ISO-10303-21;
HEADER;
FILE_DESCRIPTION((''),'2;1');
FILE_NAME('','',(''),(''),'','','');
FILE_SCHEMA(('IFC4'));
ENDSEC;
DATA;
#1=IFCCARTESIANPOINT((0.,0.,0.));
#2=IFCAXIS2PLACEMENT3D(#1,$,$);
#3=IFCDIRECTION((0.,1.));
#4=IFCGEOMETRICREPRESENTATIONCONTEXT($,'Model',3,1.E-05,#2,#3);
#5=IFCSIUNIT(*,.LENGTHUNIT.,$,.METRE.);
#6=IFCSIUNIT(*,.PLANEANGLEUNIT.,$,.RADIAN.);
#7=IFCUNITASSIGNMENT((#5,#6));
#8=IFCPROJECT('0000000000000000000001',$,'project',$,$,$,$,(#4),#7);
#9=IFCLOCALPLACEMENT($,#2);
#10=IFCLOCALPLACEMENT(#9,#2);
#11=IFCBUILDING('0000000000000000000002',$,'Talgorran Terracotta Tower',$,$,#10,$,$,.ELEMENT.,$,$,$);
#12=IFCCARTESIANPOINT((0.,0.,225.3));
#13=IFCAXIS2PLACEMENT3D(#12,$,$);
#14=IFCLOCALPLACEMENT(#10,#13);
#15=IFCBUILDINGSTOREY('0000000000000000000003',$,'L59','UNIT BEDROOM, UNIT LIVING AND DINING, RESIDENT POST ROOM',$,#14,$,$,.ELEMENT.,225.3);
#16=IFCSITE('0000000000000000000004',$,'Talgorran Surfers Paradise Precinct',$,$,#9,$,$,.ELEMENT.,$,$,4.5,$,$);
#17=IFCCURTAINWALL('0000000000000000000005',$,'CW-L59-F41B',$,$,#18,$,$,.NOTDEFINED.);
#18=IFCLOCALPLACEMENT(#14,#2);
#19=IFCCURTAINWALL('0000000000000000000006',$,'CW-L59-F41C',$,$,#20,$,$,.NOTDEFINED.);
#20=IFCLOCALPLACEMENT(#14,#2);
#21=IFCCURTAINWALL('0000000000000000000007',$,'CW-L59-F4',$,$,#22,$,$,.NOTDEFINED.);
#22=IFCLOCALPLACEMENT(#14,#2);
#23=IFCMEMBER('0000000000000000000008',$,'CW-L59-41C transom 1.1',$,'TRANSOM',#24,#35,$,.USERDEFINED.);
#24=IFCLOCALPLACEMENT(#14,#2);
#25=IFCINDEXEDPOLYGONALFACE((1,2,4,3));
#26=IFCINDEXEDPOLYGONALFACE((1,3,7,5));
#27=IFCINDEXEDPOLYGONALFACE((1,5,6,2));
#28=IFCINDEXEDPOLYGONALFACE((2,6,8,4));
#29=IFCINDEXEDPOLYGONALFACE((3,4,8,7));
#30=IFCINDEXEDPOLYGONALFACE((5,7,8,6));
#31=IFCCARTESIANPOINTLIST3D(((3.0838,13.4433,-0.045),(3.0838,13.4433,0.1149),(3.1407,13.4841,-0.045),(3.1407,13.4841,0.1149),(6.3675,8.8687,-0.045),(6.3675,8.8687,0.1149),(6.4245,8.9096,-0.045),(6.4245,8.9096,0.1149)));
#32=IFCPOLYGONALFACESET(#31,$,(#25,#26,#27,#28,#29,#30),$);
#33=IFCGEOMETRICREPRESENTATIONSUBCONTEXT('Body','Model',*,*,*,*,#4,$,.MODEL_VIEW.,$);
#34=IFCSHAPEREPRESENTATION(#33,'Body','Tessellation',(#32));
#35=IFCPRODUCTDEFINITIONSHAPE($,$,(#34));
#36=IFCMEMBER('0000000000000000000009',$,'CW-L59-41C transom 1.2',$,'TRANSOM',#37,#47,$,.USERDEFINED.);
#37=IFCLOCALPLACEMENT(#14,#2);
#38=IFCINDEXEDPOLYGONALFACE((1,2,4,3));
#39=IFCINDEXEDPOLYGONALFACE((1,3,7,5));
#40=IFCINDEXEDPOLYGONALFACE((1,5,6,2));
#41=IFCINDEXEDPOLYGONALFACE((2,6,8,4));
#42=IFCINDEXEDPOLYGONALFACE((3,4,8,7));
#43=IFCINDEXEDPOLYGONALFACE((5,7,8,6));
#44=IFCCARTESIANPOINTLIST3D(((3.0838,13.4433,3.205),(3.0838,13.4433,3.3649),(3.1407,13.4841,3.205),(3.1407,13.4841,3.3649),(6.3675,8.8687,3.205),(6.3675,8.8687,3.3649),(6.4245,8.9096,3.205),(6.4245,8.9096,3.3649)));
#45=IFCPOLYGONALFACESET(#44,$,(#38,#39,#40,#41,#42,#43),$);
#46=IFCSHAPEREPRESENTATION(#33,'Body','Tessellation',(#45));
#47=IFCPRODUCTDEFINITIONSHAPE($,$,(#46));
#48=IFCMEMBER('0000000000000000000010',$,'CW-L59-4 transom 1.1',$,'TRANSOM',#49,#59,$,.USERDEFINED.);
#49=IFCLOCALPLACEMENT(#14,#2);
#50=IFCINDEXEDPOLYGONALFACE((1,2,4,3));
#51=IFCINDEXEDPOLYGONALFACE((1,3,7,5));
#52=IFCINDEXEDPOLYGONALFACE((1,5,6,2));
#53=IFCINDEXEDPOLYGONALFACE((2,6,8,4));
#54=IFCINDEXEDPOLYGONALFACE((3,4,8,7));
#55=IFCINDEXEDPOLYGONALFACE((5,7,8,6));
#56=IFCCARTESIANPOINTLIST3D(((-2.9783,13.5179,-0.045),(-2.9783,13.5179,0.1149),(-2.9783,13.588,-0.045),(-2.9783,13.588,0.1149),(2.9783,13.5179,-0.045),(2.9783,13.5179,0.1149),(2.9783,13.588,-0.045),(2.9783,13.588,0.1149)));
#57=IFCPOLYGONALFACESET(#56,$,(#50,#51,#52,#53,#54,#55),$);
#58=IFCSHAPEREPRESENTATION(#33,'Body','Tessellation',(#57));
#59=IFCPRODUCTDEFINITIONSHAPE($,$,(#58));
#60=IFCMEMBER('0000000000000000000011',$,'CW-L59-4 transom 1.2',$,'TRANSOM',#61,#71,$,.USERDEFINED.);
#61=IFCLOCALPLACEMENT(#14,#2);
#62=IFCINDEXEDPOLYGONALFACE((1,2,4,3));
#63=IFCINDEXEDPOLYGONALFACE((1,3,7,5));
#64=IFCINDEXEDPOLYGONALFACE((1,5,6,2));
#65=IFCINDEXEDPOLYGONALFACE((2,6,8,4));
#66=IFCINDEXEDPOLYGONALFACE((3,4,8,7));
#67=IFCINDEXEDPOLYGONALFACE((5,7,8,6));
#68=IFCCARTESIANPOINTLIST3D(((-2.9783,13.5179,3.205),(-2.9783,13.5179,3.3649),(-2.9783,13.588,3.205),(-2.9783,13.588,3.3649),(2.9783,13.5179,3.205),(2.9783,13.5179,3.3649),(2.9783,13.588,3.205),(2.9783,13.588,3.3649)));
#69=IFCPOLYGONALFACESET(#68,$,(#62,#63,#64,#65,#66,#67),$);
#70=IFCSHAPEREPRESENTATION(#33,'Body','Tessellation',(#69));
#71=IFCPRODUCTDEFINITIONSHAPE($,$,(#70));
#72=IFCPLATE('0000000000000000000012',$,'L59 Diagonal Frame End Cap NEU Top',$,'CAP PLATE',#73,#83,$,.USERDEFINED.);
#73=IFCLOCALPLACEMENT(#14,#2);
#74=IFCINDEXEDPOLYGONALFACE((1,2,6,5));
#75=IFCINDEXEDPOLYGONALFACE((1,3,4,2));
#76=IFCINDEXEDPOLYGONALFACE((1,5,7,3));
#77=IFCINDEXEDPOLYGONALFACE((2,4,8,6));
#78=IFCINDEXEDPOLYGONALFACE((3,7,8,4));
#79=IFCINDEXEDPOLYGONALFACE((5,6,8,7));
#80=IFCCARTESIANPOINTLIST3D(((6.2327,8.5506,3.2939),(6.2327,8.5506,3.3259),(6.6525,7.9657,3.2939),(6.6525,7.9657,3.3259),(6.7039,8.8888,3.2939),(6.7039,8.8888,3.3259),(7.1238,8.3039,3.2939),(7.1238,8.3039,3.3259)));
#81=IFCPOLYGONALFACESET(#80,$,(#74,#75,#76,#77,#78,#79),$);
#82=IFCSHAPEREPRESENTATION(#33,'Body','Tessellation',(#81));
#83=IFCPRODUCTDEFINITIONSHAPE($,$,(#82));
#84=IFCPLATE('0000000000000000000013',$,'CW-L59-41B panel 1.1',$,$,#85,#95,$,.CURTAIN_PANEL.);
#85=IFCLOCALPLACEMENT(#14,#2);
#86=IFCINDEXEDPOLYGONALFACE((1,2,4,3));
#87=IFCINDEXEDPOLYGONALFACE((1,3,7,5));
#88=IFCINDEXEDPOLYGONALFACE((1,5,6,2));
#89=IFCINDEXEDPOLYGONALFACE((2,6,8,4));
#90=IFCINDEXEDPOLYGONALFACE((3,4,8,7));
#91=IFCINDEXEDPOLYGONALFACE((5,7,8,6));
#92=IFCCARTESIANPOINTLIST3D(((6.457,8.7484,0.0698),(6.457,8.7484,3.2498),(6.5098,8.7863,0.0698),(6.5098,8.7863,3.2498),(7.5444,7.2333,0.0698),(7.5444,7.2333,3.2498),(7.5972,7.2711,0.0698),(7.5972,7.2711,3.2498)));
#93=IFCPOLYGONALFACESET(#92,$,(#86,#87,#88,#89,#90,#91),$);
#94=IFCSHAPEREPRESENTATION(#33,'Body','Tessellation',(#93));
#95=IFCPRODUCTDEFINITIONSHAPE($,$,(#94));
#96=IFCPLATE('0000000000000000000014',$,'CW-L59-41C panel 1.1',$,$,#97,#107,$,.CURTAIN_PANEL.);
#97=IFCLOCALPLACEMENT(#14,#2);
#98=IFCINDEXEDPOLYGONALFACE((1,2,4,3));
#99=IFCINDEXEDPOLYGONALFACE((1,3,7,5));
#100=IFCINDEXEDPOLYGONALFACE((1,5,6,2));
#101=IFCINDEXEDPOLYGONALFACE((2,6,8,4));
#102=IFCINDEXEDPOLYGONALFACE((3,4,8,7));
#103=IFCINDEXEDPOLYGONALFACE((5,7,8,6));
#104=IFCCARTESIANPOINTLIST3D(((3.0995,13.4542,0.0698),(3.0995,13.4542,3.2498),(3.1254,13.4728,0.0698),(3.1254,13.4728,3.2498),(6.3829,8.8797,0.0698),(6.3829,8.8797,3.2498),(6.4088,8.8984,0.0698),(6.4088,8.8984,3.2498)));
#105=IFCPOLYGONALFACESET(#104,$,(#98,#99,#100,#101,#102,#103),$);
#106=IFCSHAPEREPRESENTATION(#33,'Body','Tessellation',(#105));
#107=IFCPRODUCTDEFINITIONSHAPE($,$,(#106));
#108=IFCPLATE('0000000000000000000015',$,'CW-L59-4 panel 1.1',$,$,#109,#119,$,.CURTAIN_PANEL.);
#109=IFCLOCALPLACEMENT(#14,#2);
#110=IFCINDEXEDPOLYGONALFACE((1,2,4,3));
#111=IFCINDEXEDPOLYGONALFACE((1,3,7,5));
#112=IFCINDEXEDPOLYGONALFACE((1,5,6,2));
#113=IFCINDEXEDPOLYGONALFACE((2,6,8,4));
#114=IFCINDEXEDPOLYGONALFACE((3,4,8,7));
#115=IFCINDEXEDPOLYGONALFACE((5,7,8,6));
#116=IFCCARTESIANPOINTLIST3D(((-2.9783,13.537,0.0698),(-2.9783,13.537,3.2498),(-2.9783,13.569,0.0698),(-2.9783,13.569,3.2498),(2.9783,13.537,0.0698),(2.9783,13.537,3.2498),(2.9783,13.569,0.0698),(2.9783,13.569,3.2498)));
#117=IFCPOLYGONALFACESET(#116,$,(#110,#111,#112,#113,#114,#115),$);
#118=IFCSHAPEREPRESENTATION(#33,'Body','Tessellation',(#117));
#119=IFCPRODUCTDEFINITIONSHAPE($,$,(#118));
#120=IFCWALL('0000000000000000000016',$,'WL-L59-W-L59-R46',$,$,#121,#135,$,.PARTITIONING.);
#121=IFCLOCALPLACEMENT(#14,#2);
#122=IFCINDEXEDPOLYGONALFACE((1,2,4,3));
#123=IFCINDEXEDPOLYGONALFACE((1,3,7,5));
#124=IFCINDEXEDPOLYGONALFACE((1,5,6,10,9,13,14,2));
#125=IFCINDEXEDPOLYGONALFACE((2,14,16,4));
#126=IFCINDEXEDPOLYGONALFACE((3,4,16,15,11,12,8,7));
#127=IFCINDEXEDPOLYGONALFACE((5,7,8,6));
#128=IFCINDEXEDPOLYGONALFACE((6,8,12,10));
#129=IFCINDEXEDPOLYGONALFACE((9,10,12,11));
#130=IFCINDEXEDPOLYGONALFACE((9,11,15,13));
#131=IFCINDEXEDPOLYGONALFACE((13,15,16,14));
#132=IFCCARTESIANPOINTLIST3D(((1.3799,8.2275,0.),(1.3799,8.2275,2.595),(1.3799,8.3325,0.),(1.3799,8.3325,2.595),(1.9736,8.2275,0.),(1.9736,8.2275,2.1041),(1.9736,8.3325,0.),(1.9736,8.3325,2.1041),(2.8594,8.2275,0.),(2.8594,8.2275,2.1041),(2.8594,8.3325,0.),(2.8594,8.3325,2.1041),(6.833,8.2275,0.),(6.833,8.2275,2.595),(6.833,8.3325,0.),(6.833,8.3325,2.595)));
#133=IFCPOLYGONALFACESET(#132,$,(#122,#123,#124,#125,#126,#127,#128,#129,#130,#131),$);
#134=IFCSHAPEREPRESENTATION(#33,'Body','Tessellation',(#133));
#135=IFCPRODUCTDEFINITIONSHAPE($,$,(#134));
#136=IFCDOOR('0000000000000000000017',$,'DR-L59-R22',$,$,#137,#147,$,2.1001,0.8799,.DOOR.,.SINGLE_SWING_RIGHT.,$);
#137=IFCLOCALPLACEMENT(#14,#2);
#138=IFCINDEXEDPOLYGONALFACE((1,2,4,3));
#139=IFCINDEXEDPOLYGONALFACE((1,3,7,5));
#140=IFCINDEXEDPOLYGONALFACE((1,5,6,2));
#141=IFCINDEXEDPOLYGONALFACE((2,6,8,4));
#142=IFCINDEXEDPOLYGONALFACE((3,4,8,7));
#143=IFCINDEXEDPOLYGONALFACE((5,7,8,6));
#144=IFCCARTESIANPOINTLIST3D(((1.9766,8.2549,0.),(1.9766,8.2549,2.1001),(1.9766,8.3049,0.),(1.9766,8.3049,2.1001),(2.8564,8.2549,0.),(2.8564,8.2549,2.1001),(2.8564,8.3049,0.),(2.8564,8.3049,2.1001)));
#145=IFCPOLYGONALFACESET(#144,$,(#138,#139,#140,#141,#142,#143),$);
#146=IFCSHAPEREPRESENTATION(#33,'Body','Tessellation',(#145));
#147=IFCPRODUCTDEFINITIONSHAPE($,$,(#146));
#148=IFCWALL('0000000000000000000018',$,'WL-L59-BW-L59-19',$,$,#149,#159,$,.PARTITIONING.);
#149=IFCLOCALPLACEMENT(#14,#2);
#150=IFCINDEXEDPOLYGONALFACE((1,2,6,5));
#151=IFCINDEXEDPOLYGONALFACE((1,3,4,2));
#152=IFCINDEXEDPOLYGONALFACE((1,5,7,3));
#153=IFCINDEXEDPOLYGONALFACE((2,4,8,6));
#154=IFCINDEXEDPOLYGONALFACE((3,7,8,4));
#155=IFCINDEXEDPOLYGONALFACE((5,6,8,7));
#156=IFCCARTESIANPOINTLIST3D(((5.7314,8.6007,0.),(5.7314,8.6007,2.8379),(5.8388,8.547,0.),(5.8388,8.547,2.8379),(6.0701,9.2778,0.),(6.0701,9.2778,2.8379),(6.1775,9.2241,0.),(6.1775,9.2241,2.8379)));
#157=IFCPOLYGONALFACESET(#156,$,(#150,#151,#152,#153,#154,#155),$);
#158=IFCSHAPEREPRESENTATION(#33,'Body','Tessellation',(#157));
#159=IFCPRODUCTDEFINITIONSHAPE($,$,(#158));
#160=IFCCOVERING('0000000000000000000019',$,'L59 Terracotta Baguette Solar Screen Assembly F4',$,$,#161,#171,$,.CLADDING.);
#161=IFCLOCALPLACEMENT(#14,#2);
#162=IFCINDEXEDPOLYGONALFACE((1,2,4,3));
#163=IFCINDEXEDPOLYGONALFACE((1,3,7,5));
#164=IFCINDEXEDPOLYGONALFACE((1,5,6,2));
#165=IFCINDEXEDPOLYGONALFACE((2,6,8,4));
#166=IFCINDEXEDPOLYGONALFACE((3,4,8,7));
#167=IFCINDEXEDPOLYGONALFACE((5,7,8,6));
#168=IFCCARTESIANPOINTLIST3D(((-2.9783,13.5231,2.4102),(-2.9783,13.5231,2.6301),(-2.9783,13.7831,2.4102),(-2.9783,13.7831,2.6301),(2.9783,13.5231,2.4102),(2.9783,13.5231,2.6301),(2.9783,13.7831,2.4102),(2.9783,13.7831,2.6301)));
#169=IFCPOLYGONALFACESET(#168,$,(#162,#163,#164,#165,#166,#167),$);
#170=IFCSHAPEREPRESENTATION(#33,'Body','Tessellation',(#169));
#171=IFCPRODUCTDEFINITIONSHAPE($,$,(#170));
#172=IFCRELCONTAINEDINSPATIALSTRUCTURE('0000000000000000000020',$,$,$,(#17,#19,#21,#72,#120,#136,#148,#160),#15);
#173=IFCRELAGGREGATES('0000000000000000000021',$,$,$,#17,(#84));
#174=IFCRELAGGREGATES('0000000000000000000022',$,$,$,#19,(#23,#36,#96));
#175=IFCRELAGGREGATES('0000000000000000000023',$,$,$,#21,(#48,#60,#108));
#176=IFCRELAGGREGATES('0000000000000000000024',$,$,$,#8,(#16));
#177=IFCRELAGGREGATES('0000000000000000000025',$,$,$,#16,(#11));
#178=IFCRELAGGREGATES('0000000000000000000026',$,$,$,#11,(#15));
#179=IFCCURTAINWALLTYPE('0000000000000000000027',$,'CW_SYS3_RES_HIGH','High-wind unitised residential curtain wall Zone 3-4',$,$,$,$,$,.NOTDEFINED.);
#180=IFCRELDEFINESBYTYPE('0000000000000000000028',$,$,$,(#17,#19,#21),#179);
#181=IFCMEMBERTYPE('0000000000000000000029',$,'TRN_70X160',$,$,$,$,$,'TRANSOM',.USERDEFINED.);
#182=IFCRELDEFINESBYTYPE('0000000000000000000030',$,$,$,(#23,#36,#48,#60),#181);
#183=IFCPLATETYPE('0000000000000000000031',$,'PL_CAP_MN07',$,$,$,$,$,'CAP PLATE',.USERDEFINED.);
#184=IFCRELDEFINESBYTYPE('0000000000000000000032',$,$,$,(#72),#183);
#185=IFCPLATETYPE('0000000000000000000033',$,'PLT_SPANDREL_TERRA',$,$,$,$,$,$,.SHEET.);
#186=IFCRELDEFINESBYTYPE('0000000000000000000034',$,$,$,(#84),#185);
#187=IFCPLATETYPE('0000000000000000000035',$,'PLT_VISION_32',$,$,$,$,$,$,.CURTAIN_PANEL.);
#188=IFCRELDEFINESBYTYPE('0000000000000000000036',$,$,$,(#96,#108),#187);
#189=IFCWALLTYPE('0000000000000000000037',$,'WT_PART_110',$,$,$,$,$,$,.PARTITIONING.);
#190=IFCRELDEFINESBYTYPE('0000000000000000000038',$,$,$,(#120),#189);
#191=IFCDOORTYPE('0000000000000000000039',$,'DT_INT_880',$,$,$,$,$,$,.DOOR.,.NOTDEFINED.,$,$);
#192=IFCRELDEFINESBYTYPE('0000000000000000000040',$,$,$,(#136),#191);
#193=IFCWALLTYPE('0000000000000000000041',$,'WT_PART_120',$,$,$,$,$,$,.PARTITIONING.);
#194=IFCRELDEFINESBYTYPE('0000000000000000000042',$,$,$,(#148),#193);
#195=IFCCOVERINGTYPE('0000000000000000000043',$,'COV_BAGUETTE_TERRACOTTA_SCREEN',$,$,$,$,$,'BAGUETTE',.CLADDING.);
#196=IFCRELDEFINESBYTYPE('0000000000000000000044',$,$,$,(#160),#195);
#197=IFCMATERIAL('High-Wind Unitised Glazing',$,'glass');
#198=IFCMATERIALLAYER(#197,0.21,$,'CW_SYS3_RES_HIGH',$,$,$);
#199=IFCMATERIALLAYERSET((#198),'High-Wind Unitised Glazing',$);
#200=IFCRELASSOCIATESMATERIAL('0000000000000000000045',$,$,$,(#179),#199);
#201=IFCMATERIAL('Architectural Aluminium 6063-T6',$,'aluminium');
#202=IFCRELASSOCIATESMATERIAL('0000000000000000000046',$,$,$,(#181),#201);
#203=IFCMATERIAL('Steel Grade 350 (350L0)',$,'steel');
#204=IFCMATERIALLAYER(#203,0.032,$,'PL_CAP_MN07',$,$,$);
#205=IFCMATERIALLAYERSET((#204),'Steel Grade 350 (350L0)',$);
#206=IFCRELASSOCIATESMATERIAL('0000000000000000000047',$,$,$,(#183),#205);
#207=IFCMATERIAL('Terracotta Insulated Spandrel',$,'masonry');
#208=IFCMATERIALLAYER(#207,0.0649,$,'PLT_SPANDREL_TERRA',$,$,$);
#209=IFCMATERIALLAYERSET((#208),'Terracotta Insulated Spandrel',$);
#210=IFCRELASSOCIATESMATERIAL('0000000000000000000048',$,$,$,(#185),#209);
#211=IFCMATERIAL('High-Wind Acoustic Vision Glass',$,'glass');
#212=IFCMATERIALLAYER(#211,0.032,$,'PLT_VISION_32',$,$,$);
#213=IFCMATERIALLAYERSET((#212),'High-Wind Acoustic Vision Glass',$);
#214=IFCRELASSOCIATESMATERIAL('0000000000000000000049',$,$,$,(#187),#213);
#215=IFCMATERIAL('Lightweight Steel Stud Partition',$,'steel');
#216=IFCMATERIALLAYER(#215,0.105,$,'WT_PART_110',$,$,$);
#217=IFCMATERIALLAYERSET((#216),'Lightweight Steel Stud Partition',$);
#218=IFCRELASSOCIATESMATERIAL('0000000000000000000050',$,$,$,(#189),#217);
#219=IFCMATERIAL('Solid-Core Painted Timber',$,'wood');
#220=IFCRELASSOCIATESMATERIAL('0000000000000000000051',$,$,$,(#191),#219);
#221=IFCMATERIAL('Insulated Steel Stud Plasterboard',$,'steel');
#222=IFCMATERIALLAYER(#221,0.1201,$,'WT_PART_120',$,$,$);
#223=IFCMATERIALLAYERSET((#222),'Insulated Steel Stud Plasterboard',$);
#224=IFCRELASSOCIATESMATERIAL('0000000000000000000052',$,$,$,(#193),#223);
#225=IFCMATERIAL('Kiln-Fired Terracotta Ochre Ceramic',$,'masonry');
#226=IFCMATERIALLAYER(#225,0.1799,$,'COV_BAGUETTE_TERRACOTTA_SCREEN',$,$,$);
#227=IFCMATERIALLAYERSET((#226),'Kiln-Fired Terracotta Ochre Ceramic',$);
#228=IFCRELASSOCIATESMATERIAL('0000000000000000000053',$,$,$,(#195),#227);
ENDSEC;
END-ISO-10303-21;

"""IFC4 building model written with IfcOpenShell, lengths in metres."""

from ifc_helpers import new_model, si_unit, direction, frame, frame_2d, origin, origin_2d, place, context, subcontext, project, spatial, rectangle, extrude, source, transform, mapped, material, layer, layer_set, material_profile, profile_set, type_object, type_shapes, element, fill, aggregate, save


model = new_model("IFC4")

# Units and contexts
model_context = context("Model", 3, precision=1e-05, world=origin(), true_north=direction((0.0, 1.0)))
body_context = subcontext(model_context, "Body", "Model", "MODEL_VIEW")
ifc_project = project(units=[si_unit("LENGTHUNIT", "METRE"), si_unit("PLANEANGLEUNIT", "RADIAN")], contexts=[model_context])

# Site, building, storey
site_placement = place(None, origin())
site = spatial("IfcSite", under=ifc_project, at=site_placement, Name="Talgorran Surfers Paradise Precinct", CompositionType="ELEMENT", RefElevation=4.5)
building_placement = place(site_placement, origin())
building = spatial("IfcBuilding", under=site, at=building_placement, Name="Talgorran Terracotta Tower", CompositionType="ELEMENT")
storey_placement = place(building_placement, frame((0.0, 0.0, 225.3)))
storey = spatial("IfcBuildingStorey", under=building, at=storey_placement, Name="L59", Description="UNIT BEDROOM, UNIT LIVING AND DINING, RESIDENT POST ROOM", CompositionType="ELEMENT", Elevation=225.3)

# Shared definitions
ifc_material_1 = material(Name="Steel Grade 350 (350L0)", Category="steel")

# Curtain wall
ifc_material_2 = material(Name="High-Wind Unitised Glazing", Category="glass")
ifc_layer_1 = layer(ifc_material_2, 0.21, Name="CW_SYS3_RES_HIGH")
ifc_layer_set_1 = layer_set([ifc_layer_1], Name="High-Wind Unitised Glazing")
curtain_wall_type = type_object("IfcCurtainWallType", Name="CW_SYS3_RES_HIGH", Description="High-wind unitised residential curtain wall Zone 3-4", PredefinedType="NOTDEFINED", material=ifc_layer_set_1)
curtain_wall_1_placement = place(storey_placement, origin())
curtain_wall_1 = element("IfcCurtainWall", 1, at=curtain_wall_1_placement, inside=storey, type_object=curtain_wall_type, Name="CW-L59-F41B", PredefinedType="NOTDEFINED")
ifc_material_3 = material(Name="Architectural Aluminium 6063-T6", Category="aluminium")

# Curtain wall
curtain_wall_2_placement = place(storey_placement, origin())
curtain_wall_2 = element("IfcCurtainWall", 2, at=curtain_wall_2_placement, inside=storey, type_object=curtain_wall_type, Name="CW-L59-F41C", PredefinedType="NOTDEFINED")

# Curtain wall
curtain_wall_3_placement = place(storey_placement, origin())
curtain_wall_3 = element("IfcCurtainWall", 3, at=curtain_wall_3_placement, inside=storey, type_object=curtain_wall_type, Name="CW-L59-F4", PredefinedType="NOTDEFINED")

# Members
ifc_material_profile_1 = material_profile(ifc_material_3, rectangle(XDim=0.0701, YDim=0.1599, at=origin_2d()), Name="CWT70X160")
ifc_profile_set_1 = profile_set([ifc_material_profile_1], Name="Architectural Aluminium 6063-T6")
member_type_1 = type_object("IfcMemberType", Name="TRN_70X160", ElementType="TRANSOM", PredefinedType="USERDEFINED", material=ifc_profile_set_1)
member_1_placement = place(storey_placement, frame((6.396, 8.8892, 0.0349), z_axis=(-0.583144, 0.812369, 0.0), x_axis=(-0.812369, -0.583144, 0.0)))
member_1 = element("IfcMember", 4, at=member_1_placement, type_object=member_type_1, Name="CW-L59-41C transom 1.1", ObjectType="TRANSOM", PredefinedType="USERDEFINED", context=body_context, shape_type="SweptSolid", body=[
    extrude(rectangle(XDim=0.0701, YDim=0.1599, at=origin_2d()), origin(), (0.0, 0.0, 1.0), 5.6311),
])
member_2_placement = place(storey_placement, frame((6.396, 8.8892, 3.2849), z_axis=(-0.583144, 0.812369, 0.0), x_axis=(-0.812369, -0.583144, 0.0)))
member_2 = element("IfcMember", 5, at=member_2_placement, type_object=member_type_1, Name="CW-L59-41C transom 1.2", ObjectType="TRANSOM", PredefinedType="USERDEFINED", context=body_context, shape_type="SweptSolid", body=[
    extrude(rectangle(XDim=0.0701, YDim=0.1599, at=origin_2d()), origin(), (0.0, 0.0, 1.0), 5.6311),
])
member_3_placement = place(storey_placement, frame((2.9783, 13.553, 0.0349), z_axis=(-1.0, 0.0, 0.0), x_axis=(0.0, -1.0, 0.0)))
member_3 = element("IfcMember", 6, at=member_3_placement, type_object=member_type_1, Name="CW-L59-4 transom 1.1", ObjectType="TRANSOM", PredefinedType="USERDEFINED", context=body_context, shape_type="SweptSolid", body=[
    extrude(rectangle(XDim=0.0701, YDim=0.1599, at=origin_2d()), origin(), (0.0, 0.0, 1.0), 5.9565),
])
member_4_placement = place(storey_placement, frame((2.9783, 13.553, 3.2849), z_axis=(-1.0, 0.0, 0.0), x_axis=(0.0, -1.0, 0.0)))
member_4 = element("IfcMember", 7, at=member_4_placement, type_object=member_type_1, Name="CW-L59-4 transom 1.2", ObjectType="TRANSOM", PredefinedType="USERDEFINED", context=body_context, shape_type="SweptSolid", body=[
    extrude(rectangle(XDim=0.0701, YDim=0.1599, at=origin_2d()), origin(), (0.0, 0.0, 1.0), 5.9565),
])

# Plates
ifc_layer_2 = layer(ifc_material_1, 0.032, Name="PL_CAP_MN07")
ifc_layer_set_2 = layer_set([ifc_layer_2], Name="Steel Grade 350 (350L0)")
plate_type_1 = type_object("IfcPlateType", Name="PL_CAP_MN07", ElementType="CAP PLATE", PredefinedType="USERDEFINED", material=ifc_layer_set_2)
plate_1_placement = place(storey_placement, frame((6.6782, 8.4272, 3.2939), z_axis=(0.0, 0.0, 1.0), x_axis=(-0.583116, 0.812389, 0.0)))
element("IfcPlate", 8, at=plate_1_placement, inside=storey, type_object=plate_type_1, Name="L59 Diagonal Frame End Cap NEU Top", ObjectType="CAP PLATE", PredefinedType="USERDEFINED", context=body_context, shape_type="SweptSolid", body=[
    extrude(rectangle(XDim=0.72, YDim=0.5801, at=origin_2d()), origin(), (0.0, 0.0, 1.0), 0.032),
])
ifc_material_4 = material(Name="Terracotta Insulated Spandrel", Category="masonry")
ifc_layer_3 = layer(ifc_material_4, 0.0649, Name="PLT_SPANDREL_TERRA")
ifc_layer_set_3 = layer_set([ifc_layer_3], Name="Terracotta Insulated Spandrel")
plate_type_2 = type_object("IfcPlateType", Name="PLT_SPANDREL_TERRA", PredefinedType="SHEET", material=ifc_layer_set_3)
shared_shape_1 = source(origin(), body_context, "Body", "SweptSolid", [
    extrude(rectangle(XDim=1.865, YDim=0.0649, at=origin_2d()), origin(), (0.0, 0.0, 1.0), 3.1799),
])
type_shapes(plate_type_2, [shared_shape_1])
plate_2_placement = place(storey_placement, frame((7.0271, 8.0098, 0.0698), z_axis=(0.0, 0.0, 1.0), x_axis=(-0.583086, 0.81241, 0.0)))
plate_2 = element("IfcPlate", 9, at=plate_2_placement, type_object=plate_type_2, Name="CW-L59-41B panel 1.1", PredefinedType="CURTAIN_PANEL", context=body_context, shape_type="MappedRepresentation", body=[
    mapped(shared_shape_1, transform((0.0, 0.0, 0.0), scale=1.0)),
])
aggregate(curtain_wall_1, [plate_2])
ifc_material_5 = material(Name="High-Wind Acoustic Vision Glass", Category="glass")
ifc_layer_4 = layer(ifc_material_5, 0.032, Name="PLT_VISION_32")
ifc_layer_set_4 = layer_set([ifc_layer_4], Name="High-Wind Acoustic Vision Glass")
plate_type_3 = type_object("IfcPlateType", Name="PLT_VISION_32", PredefinedType="CURTAIN_PANEL", material=ifc_layer_set_4)
shared_shape_2 = source(origin(), body_context, "Body", "SweptSolid", [
    extrude(rectangle(XDim=5.6309, YDim=0.032, at=origin_2d()), origin(), (0.0, 0.0, 1.0), 3.1799),
])
plate_3_placement = place(storey_placement, frame((4.7542, 11.1763, 0.0698), z_axis=(0.0, 0.0, 1.0), x_axis=(-0.583109, 0.812394, 0.0)))
plate_3 = element("IfcPlate", 10, at=plate_3_placement, type_object=plate_type_3, Name="CW-L59-41C panel 1.1", PredefinedType="CURTAIN_PANEL", context=body_context, shape_type="MappedRepresentation", body=[
    mapped(shared_shape_2, transform((0.0, 0.0, 0.0), scale=1.0)),
])
aggregate(curtain_wall_2, [member_1, member_2, plate_3])
shared_shape_3 = source(origin(), body_context, "Body", "SweptSolid", [
    extrude(rectangle(XDim=5.9565, YDim=0.032, at=origin_2d()), origin(), (0.0, 0.0, 1.0), 3.1799),
])
type_shapes(plate_type_3, [shared_shape_2, shared_shape_3])
plate_4_placement = place(storey_placement, frame((0.0, 13.553, 0.0698), z_axis=(0.0, 0.0, 1.0), x_axis=(-1.0, 0.0, 0.0)))
plate_4 = element("IfcPlate", 11, at=plate_4_placement, type_object=plate_type_3, Name="CW-L59-4 panel 1.1", PredefinedType="CURTAIN_PANEL", context=body_context, shape_type="MappedRepresentation", body=[
    mapped(shared_shape_3, transform((0.0, 0.0, 0.0), scale=1.0)),
])
aggregate(curtain_wall_3, [member_3, member_4, plate_4])

# Wall, opening, door
ifc_material_6 = material(Name="Lightweight Steel Stud Partition", Category="steel")
ifc_layer_5 = layer(ifc_material_6, 0.105, Name="WT_PART_110")
ifc_layer_set_5 = layer_set([ifc_layer_5], Name="Lightweight Steel Stud Partition")
wall_type_1 = type_object("IfcWallType", Name="WT_PART_110", PredefinedType="PARTITIONING", material=ifc_layer_set_5)
wall_1_placement = place(storey_placement, frame((1.3799, 8.28, 0.0), z_axis=(0.0, 0.0, 1.0), x_axis=(1.0, 0.0, 0.0)))
wall_1 = element("IfcWall", 12, at=wall_1_placement, inside=storey, type_object=wall_type_1, Name="WL-L59-W-L59-R46", PredefinedType="PARTITIONING", context=body_context, shape_type="SweptSolid", body=[
    extrude(rectangle(XDim=5.4531, YDim=0.105, at=frame_2d((2.7266, 0.0))), origin(), (0.0, 0.0, 1.0), 2.595),
])
opening_placement = place(wall_1_placement, frame((0.5967, 0.0, 0.0)))
opening = element("IfcOpeningElement", 13, at=opening_placement, cuts=wall_1, PredefinedType="OPENING", context=body_context, shape_type="SweptSolid", body=[
    extrude(rectangle(XDim=0.8859, YDim=2.1041, at=frame_2d((0.4399, 1.052))), frame((0.0, 0.0625, 0.0), z_axis=(0.0, -1.0, 0.0), x_axis=(1.0, 0.0, 0.0)), (0.0, 0.0, 1.0), 0.125),
])
ifc_material_7 = material(Name="Solid-Core Painted Timber", Category="wood")
door_type = type_object("IfcDoorType", Name="DT_INT_880", OperationType="NOTDEFINED", PredefinedType="DOOR", material=ifc_material_7)
door_placement = place(opening_placement, origin())
door = element("IfcDoor", 14, at=door_placement, inside=storey, type_object=door_type, Name="DR-L59-R22", OperationType="SINGLE_SWING_RIGHT", OverallHeight=2.1001, OverallWidth=0.8799, PredefinedType="DOOR", context=body_context, shape_type="SweptSolid", body=[
    extrude(rectangle(XDim=0.8799, YDim=2.1001, at=frame_2d((0.4399, 1.05))), frame((0.0, 0.0249, 0.0), z_axis=(0.0, -1.0, 0.0), x_axis=(1.0, 0.0, 0.0)), (0.0, 0.0, 1.0), 0.05),
])
fill(opening, door)

# Wall
ifc_material_8 = material(Name="Insulated Steel Stud Plasterboard", Category="steel")
ifc_layer_6 = layer(ifc_material_8, 0.1201, Name="WT_PART_120")
ifc_layer_set_6 = layer_set([ifc_layer_6], Name="Insulated Steel Stud Plasterboard")
wall_type_2 = type_object("IfcWallType", Name="WT_PART_120", PredefinedType="PARTITIONING", material=ifc_layer_set_6)
wall_2_placement = place(storey_placement, frame((5.7852, 8.574, 0.0), z_axis=(0.0, 0.0, 1.0), x_axis=(0.447343, 0.894363, 0.0)))
element("IfcWall", 15, at=wall_2_placement, inside=storey, type_object=wall_type_2, Name="WL-L59-BW-L59-19", PredefinedType="PARTITIONING", context=body_context, shape_type="SweptSolid", body=[
    extrude(rectangle(XDim=0.7571, YDim=0.1201, at=frame_2d((0.3784, 0.0))), origin(), (0.0, 0.0, 1.0), 2.8379),
])

# Covering
ifc_material_9 = material(Name="Kiln-Fired Terracotta Ochre Ceramic", Category="masonry")
ifc_layer_7 = layer(ifc_material_9, 0.1799, Name="COV_BAGUETTE_TERRACOTTA_SCREEN")
ifc_layer_set_7 = layer_set([ifc_layer_7], Name="Kiln-Fired Terracotta Ochre Ceramic")
covering_type_1 = type_object("IfcCoveringType", Name="COV_BAGUETTE_TERRACOTTA_SCREEN", ElementType="BAGUETTE", PredefinedType="CLADDING", material=ifc_layer_set_7)
covering_1_placement = place(storey_placement, frame((0.0, 13.6531, 2.4102), z_axis=(0.0, 0.0, 1.0), x_axis=(-1.0, 0.0, 0.0)))
element("IfcCovering", 16, at=covering_1_placement, inside=storey, type_object=covering_type_1, Name="L59 Terracotta Baguette Solar Screen Assembly F4", PredefinedType="CLADDING", context=body_context, shape_type="SweptSolid", body=[
    extrude(rectangle(XDim=5.9565, YDim=0.26, at=origin_2d()), origin(), (0.0, 0.0, 1.0), 0.22),
])

save(model, "model.ifc")
